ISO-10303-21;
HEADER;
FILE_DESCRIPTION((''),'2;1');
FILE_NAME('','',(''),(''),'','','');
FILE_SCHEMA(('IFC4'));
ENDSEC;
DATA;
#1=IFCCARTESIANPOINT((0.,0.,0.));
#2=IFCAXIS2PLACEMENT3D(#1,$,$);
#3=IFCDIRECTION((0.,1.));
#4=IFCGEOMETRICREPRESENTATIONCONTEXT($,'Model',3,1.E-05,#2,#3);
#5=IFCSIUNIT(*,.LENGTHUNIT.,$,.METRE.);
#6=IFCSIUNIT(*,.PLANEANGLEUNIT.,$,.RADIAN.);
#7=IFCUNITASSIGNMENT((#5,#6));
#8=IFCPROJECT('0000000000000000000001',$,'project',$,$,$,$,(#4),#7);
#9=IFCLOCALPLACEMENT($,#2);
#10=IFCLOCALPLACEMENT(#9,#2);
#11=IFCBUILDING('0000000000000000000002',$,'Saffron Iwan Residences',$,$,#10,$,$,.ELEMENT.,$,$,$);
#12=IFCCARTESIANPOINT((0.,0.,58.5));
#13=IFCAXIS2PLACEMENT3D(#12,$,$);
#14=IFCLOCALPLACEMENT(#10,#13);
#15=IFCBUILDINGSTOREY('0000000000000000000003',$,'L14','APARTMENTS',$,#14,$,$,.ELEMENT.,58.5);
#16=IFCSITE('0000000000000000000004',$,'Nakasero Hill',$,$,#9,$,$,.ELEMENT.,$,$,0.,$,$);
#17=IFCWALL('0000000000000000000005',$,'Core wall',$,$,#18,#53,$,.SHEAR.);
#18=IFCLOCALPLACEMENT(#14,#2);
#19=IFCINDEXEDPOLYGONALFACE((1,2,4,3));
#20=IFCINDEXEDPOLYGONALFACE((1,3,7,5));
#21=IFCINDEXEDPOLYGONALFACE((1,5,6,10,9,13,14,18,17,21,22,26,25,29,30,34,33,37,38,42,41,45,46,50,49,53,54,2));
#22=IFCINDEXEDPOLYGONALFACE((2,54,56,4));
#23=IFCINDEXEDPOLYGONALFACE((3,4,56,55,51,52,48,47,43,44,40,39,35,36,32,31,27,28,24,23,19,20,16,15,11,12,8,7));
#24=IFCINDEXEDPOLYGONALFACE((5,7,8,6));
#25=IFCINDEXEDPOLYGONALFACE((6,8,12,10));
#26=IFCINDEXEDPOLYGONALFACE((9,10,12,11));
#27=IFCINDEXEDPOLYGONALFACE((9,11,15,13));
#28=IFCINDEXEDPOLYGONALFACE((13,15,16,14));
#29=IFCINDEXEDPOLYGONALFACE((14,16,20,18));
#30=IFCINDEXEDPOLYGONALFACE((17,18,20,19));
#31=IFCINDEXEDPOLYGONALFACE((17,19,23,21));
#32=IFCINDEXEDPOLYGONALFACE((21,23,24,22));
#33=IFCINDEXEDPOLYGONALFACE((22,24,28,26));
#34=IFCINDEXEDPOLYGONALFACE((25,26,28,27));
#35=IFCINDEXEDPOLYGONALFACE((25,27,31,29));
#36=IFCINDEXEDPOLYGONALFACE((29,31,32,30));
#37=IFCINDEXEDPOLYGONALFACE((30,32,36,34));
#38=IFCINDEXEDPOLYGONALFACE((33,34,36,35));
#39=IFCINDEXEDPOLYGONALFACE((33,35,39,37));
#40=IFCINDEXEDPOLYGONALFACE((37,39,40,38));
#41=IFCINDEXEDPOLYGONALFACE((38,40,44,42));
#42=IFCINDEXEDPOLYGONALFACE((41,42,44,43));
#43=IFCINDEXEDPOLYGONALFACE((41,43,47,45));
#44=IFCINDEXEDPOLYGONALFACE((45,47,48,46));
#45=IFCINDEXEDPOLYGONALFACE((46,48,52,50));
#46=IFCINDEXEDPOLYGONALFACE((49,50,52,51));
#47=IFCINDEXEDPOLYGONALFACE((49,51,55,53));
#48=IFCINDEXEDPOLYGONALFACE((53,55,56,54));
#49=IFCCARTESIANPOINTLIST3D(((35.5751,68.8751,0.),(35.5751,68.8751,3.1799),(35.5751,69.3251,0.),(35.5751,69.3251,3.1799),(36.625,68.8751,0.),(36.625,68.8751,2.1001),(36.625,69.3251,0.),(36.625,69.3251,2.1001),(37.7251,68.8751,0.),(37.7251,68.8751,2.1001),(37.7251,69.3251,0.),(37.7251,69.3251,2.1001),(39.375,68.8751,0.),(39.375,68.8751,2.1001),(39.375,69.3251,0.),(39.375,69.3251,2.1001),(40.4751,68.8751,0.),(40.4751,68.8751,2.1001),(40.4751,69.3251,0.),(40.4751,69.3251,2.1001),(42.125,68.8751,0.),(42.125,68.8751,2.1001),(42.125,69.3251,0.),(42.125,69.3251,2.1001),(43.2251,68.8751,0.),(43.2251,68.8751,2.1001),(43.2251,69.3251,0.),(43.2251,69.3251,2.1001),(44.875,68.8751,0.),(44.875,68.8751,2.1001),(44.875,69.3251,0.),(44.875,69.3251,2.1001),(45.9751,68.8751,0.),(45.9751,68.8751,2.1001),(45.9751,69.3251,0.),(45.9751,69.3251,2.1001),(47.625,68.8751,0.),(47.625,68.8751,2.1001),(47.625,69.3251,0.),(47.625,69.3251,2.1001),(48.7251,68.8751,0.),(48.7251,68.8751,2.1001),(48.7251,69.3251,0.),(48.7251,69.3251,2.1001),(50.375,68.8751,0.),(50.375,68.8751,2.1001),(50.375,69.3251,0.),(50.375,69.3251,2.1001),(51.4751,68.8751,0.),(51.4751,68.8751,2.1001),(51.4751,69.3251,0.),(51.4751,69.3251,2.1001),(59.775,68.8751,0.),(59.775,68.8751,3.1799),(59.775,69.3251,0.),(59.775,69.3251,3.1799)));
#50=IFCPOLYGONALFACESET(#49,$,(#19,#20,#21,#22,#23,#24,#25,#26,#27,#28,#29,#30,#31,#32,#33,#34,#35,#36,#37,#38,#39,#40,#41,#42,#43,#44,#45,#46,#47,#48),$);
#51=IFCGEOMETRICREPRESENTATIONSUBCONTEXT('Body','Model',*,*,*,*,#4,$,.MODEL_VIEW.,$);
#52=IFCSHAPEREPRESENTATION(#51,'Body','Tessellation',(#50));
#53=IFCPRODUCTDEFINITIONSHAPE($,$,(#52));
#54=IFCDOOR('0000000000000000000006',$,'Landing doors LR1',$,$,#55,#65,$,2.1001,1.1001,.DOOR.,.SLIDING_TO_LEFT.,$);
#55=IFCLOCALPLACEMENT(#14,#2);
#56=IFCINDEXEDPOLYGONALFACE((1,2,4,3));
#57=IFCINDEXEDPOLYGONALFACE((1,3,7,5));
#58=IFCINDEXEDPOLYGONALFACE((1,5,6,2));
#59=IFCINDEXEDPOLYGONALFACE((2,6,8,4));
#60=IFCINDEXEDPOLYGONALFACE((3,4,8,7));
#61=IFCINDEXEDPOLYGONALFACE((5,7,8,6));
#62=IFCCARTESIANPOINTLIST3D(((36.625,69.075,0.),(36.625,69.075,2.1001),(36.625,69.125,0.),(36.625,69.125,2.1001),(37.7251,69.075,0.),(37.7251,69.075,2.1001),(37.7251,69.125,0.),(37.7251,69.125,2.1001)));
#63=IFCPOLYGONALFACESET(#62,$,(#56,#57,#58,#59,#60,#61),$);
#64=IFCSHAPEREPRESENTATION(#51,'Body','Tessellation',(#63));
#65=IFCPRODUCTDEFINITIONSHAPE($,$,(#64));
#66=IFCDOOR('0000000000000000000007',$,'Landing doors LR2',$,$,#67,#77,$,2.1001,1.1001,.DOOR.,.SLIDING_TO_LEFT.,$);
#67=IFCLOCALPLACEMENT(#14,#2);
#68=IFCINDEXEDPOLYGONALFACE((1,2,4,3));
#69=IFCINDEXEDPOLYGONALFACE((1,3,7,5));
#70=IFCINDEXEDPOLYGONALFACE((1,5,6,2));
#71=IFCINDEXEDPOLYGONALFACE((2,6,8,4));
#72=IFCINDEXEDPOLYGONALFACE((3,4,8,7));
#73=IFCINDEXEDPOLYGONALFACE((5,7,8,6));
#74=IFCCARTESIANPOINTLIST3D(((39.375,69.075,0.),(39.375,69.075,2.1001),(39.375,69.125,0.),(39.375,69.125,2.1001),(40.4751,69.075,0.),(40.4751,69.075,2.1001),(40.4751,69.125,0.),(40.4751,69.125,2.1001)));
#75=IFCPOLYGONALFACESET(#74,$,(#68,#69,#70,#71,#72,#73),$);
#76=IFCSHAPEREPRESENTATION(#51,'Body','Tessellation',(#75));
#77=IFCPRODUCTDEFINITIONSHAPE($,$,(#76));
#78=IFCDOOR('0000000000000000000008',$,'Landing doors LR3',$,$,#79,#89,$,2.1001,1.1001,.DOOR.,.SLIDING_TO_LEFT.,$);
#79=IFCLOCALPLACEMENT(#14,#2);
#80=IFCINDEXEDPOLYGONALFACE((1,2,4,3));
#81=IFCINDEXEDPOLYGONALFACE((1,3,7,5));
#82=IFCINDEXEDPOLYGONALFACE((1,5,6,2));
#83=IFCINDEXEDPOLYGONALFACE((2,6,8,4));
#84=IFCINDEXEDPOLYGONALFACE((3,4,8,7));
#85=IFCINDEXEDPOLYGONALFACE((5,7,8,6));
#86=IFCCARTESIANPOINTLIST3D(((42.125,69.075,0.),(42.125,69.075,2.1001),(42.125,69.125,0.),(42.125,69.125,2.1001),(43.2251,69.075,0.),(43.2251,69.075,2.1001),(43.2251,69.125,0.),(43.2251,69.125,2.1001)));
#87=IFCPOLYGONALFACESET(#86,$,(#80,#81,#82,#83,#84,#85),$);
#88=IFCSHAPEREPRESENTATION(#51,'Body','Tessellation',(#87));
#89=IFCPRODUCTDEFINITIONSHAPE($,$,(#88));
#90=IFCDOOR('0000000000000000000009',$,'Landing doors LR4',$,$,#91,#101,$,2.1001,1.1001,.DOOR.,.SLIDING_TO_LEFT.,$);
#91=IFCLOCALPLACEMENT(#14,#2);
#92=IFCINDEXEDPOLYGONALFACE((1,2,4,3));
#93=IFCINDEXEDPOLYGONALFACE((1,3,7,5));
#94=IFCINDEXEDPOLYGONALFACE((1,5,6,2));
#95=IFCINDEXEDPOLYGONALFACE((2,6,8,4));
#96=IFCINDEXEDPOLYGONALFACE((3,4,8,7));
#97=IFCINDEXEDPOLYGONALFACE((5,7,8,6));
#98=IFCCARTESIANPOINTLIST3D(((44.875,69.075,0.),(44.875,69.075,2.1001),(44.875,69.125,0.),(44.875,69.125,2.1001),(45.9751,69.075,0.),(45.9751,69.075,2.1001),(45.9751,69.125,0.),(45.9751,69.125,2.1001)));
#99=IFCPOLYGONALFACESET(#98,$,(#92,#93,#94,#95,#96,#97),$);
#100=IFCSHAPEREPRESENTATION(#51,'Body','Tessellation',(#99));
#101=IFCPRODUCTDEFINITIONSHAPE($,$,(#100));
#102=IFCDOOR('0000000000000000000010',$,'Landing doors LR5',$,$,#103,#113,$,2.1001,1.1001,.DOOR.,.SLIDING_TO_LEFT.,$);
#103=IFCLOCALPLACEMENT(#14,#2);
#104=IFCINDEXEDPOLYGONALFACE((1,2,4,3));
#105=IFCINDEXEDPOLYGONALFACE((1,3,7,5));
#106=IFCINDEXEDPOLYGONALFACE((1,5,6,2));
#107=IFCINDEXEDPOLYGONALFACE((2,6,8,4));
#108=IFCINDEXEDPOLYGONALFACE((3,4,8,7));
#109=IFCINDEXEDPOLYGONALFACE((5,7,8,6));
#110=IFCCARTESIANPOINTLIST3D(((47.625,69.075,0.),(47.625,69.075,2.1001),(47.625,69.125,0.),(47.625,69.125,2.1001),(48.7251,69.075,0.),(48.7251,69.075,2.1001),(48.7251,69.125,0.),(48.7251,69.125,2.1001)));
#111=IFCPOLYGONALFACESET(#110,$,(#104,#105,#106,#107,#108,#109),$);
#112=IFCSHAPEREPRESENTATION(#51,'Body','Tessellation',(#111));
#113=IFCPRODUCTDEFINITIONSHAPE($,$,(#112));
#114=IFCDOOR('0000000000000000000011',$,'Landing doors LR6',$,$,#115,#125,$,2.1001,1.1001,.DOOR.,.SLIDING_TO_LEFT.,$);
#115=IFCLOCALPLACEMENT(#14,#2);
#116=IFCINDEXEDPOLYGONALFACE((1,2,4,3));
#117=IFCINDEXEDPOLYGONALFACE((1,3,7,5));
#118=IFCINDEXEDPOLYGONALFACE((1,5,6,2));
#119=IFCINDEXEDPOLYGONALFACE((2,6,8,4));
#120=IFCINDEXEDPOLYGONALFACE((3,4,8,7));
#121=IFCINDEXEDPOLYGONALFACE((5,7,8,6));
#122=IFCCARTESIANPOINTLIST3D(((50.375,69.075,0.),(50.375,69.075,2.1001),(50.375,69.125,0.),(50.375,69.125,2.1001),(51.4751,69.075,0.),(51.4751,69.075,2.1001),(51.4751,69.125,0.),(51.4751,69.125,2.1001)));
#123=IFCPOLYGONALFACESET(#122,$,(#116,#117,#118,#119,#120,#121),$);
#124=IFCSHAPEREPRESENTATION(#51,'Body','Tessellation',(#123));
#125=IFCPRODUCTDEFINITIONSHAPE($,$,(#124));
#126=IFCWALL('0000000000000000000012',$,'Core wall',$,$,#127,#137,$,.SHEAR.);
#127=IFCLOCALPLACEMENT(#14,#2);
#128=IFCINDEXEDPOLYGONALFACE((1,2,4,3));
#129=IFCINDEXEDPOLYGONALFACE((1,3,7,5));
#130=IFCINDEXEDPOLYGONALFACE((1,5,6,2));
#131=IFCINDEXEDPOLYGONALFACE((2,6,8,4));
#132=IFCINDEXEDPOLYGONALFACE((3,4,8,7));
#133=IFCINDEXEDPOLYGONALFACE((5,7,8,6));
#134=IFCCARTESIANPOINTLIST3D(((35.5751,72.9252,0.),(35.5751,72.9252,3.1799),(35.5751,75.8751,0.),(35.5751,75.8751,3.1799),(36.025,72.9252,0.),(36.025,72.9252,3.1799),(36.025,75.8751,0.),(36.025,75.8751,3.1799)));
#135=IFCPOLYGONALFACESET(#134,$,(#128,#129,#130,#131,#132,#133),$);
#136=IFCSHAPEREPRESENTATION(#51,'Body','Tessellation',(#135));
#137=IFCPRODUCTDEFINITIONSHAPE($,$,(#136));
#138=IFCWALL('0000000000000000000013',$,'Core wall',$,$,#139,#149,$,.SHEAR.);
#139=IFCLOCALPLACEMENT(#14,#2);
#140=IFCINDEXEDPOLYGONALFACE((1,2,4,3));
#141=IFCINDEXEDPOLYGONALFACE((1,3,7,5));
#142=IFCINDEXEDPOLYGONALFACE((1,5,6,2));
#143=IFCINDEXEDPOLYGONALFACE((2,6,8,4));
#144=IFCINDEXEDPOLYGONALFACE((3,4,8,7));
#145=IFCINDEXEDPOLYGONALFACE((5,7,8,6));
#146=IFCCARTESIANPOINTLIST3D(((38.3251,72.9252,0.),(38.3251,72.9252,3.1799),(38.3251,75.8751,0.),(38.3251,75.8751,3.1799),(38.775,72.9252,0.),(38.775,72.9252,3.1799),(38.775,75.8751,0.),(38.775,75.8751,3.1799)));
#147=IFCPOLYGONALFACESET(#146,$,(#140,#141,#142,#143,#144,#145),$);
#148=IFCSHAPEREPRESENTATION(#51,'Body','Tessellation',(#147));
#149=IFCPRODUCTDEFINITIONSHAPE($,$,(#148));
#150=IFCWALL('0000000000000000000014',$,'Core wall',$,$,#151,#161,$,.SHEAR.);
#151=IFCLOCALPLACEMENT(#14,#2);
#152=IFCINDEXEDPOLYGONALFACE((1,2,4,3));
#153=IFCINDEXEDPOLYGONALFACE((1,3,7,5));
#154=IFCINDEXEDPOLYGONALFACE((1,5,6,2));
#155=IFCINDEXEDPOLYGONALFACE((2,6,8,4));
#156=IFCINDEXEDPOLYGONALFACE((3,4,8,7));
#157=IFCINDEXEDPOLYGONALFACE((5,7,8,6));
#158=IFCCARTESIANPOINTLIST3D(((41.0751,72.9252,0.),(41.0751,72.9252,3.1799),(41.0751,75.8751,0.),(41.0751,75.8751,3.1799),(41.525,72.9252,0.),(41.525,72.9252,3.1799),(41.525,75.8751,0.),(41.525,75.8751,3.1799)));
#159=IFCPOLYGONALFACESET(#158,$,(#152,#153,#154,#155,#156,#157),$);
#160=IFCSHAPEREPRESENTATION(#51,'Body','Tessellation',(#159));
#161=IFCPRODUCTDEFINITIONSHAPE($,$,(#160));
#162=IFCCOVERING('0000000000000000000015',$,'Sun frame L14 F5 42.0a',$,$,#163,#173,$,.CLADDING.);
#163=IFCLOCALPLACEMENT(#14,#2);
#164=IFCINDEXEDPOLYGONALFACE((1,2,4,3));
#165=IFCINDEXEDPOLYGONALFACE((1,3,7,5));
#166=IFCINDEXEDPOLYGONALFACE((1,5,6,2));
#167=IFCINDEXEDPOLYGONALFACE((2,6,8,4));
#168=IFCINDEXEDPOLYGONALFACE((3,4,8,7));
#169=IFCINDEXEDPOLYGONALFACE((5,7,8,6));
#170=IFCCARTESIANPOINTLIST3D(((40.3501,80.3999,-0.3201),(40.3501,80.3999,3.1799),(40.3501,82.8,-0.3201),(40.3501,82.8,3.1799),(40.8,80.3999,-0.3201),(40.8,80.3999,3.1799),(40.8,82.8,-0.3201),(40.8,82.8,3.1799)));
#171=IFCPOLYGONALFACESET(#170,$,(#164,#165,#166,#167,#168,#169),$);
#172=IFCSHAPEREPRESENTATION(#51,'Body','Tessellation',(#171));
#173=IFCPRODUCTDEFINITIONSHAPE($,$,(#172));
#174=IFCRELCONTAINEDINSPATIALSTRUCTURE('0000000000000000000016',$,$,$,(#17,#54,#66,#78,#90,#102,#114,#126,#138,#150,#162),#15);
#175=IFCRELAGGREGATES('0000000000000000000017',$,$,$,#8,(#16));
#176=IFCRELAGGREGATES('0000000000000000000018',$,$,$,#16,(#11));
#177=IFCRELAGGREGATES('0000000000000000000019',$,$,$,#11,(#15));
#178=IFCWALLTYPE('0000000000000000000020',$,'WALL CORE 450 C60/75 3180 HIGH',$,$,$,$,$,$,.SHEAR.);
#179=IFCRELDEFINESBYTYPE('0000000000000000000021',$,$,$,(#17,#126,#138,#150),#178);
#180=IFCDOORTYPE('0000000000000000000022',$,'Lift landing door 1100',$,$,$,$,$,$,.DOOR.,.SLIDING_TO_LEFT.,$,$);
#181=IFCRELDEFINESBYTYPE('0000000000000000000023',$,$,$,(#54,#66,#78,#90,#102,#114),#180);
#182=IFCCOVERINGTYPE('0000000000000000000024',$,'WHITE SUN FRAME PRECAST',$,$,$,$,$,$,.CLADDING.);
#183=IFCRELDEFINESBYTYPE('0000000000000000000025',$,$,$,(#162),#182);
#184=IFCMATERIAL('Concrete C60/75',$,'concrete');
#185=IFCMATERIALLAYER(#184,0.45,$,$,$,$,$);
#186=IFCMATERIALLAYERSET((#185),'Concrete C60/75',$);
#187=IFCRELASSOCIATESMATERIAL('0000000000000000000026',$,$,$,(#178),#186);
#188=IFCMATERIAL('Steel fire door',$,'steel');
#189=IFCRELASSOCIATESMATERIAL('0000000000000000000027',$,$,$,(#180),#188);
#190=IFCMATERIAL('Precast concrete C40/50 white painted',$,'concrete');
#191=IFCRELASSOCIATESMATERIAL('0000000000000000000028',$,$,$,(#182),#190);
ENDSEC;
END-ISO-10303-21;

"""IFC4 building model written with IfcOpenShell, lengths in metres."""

from ifc_helpers import new_model, si_unit, direction, frame, frame_2d, origin, place, context, subcontext, project, spatial, polyline, rectangle, outline, extrude, material, layer, layer_set, type_object, element, fill, save


model = new_model("IFC4")

# Units and contexts
model_context = context("Model", 3, precision=1e-05, world=origin(), true_north=direction((0.0, 1.0)))
body_context = subcontext(model_context, "Body", "Model", "MODEL_VIEW")
ifc_project = project(units=[si_unit("LENGTHUNIT", "METRE"), si_unit("PLANEANGLEUNIT", "RADIAN")], contexts=[model_context])

# Site, building, storey
site_placement = place(None, origin())
site = spatial("IfcSite", under=ifc_project, at=site_placement, Name="Nakasero Hill", CompositionType="ELEMENT", RefElevation=0.0)
building_placement = place(site_placement, origin())
building = spatial("IfcBuilding", under=site, at=building_placement, Name="Saffron Iwan Residences", CompositionType="ELEMENT")
storey_placement = place(building_placement, frame((0.0, 0.0, 58.5)))
storey = spatial("IfcBuildingStorey", under=building, at=storey_placement, Name="L14", Description="APARTMENTS", CompositionType="ELEMENT", Elevation=58.5)

# Shared definitions
ifc_material_1 = material(Name="Concrete C60/75", Category="concrete")

# Shared definitions
ifc_material_2 = material(Name="Steel fire door", Category="steel")

# Wall, openings, doors
ifc_layer_1 = layer(ifc_material_1, 0.45)
ifc_layer_set_1 = layer_set([ifc_layer_1], Name="Concrete C60/75")
wall_type_1 = type_object("IfcWallType", Name="WALL CORE 450 C60/75 3180 HIGH", PredefinedType="SHEAR", material=ifc_layer_set_1)
wall_1_placement = place(storey_placement, frame((35.575, 69.1001, 0.0), z_axis=(0.0, 0.0, 1.0), x_axis=(1.0, 0.0, 0.0)))
wall_1 = element("IfcWall", 1, at=wall_1_placement, inside=storey, type_object=wall_type_1, Name="Core wall", PredefinedType="SHEAR", context=body_context, shape_type="SweptSolid", body=[
    extrude(rectangle(XDim=24.2, YDim=0.45, at=frame_2d((12.1001, 0.0))), origin(), (0.0, 0.0, 1.0), 3.1799),
])
opening_1_placement = place(wall_1_placement, frame((1.05, 0.0, 0.0)))
opening_1 = element("IfcOpeningElement", 2, at=opening_1_placement, cuts=wall_1, PredefinedType="OPENING", context=body_context, shape_type="SweptSolid", body=[
    extrude(rectangle(XDim=1.1001, YDim=2.1001, at=frame_2d((0.55, 1.05))), frame((0.0, 0.2349, 0.0), z_axis=(0.0, -1.0, 0.0), x_axis=(1.0, 0.0, 0.0)), (0.0, 0.0, 1.0), 0.47),
])
opening_2_placement = place(wall_1_placement, frame((3.8, 0.0, 0.0)))
opening_2 = element("IfcOpeningElement", 3, at=opening_2_placement, cuts=wall_1, PredefinedType="OPENING", context=body_context, shape_type="SweptSolid", body=[
    extrude(rectangle(XDim=1.1001, YDim=2.1001, at=frame_2d((0.55, 1.05))), frame((0.0, 0.2349, 0.0), z_axis=(0.0, -1.0, 0.0), x_axis=(1.0, 0.0, 0.0)), (0.0, 0.0, 1.0), 0.47),
])
opening_3_placement = place(wall_1_placement, frame((6.55, 0.0, 0.0)))
opening_3 = element("IfcOpeningElement", 4, at=opening_3_placement, cuts=wall_1, PredefinedType="OPENING", context=body_context, shape_type="SweptSolid", body=[
    extrude(rectangle(XDim=1.1001, YDim=2.1001, at=frame_2d((0.55, 1.05))), frame((0.0, 0.2349, 0.0), z_axis=(0.0, -1.0, 0.0), x_axis=(1.0, 0.0, 0.0)), (0.0, 0.0, 1.0), 0.47),
])
opening_4_placement = place(wall_1_placement, frame((9.3, 0.0, 0.0)))
opening_4 = element("IfcOpeningElement", 5, at=opening_4_placement, cuts=wall_1, PredefinedType="OPENING", context=body_context, shape_type="SweptSolid", body=[
    extrude(rectangle(XDim=1.1001, YDim=2.1001, at=frame_2d((0.55, 1.05))), frame((0.0, 0.2349, 0.0), z_axis=(0.0, -1.0, 0.0), x_axis=(1.0, 0.0, 0.0)), (0.0, 0.0, 1.0), 0.47),
])
opening_5_placement = place(wall_1_placement, frame((12.05, 0.0, 0.0)))
opening_5 = element("IfcOpeningElement", 6, at=opening_5_placement, cuts=wall_1, PredefinedType="OPENING", context=body_context, shape_type="SweptSolid", body=[
    extrude(rectangle(XDim=1.1001, YDim=2.1001, at=frame_2d((0.55, 1.05))), frame((0.0, 0.2349, 0.0), z_axis=(0.0, -1.0, 0.0), x_axis=(1.0, 0.0, 0.0)), (0.0, 0.0, 1.0), 0.47),
])
opening_6_placement = place(wall_1_placement, frame((14.8, 0.0, 0.0)))
opening_6 = element("IfcOpeningElement", 7, at=opening_6_placement, cuts=wall_1, PredefinedType="OPENING", context=body_context, shape_type="SweptSolid", body=[
    extrude(rectangle(XDim=1.1001, YDim=2.1001, at=frame_2d((0.55, 1.05))), frame((0.0, 0.2349, 0.0), z_axis=(0.0, -1.0, 0.0), x_axis=(1.0, 0.0, 0.0)), (0.0, 0.0, 1.0), 0.47),
])
door_type_1 = type_object("IfcDoorType", Name="Lift landing door 1100", OperationType="SLIDING_TO_LEFT", PredefinedType="DOOR", material=ifc_material_2)
door_1_placement = place(opening_1_placement, origin())
door_1 = element("IfcDoor", 8, at=door_1_placement, inside=storey, type_object=door_type_1, Name="Landing doors LR1", OperationType="SLIDING_TO_LEFT", OverallHeight=2.1001, OverallWidth=1.1001, PredefinedType="DOOR", context=body_context, shape_type="SweptSolid", body=[
    extrude(rectangle(XDim=1.1001, YDim=2.1001, at=frame_2d((0.55, 1.05))), frame((0.0, 0.0249, 0.0), z_axis=(0.0, -1.0, 0.0), x_axis=(1.0, 0.0, 0.0)), (0.0, 0.0, 1.0), 0.05),
])
fill(opening_1, door_1)
door_2_placement = place(opening_2_placement, origin())
door_2 = element("IfcDoor", 9, at=door_2_placement, inside=storey, type_object=door_type_1, Name="Landing doors LR2", OperationType="SLIDING_TO_LEFT", OverallHeight=2.1001, OverallWidth=1.1001, PredefinedType="DOOR", context=body_context, shape_type="SweptSolid", body=[
    extrude(rectangle(XDim=1.1001, YDim=2.1001, at=frame_2d((0.55, 1.05))), frame((0.0, 0.0249, 0.0), z_axis=(0.0, -1.0, 0.0), x_axis=(1.0, 0.0, 0.0)), (0.0, 0.0, 1.0), 0.05),
])
fill(opening_2, door_2)
door_3_placement = place(opening_3_placement, origin())
door_3 = element("IfcDoor", 10, at=door_3_placement, inside=storey, type_object=door_type_1, Name="Landing doors LR3", OperationType="SLIDING_TO_LEFT", OverallHeight=2.1001, OverallWidth=1.1001, PredefinedType="DOOR", context=body_context, shape_type="SweptSolid", body=[
    extrude(rectangle(XDim=1.1001, YDim=2.1001, at=frame_2d((0.55, 1.05))), frame((0.0, 0.0249, 0.0), z_axis=(0.0, -1.0, 0.0), x_axis=(1.0, 0.0, 0.0)), (0.0, 0.0, 1.0), 0.05),
])
fill(opening_3, door_3)
door_4_placement = place(opening_4_placement, origin())
door_4 = element("IfcDoor", 11, at=door_4_placement, inside=storey, type_object=door_type_1, Name="Landing doors LR4", OperationType="SLIDING_TO_LEFT", OverallHeight=2.1001, OverallWidth=1.1001, PredefinedType="DOOR", context=body_context, shape_type="SweptSolid", body=[
    extrude(rectangle(XDim=1.1001, YDim=2.1001, at=frame_2d((0.55, 1.05))), frame((0.0, 0.0249, 0.0), z_axis=(0.0, -1.0, 0.0), x_axis=(1.0, 0.0, 0.0)), (0.0, 0.0, 1.0), 0.05),
])
fill(opening_4, door_4)
door_5_placement = place(opening_5_placement, origin())
door_5 = element("IfcDoor", 12, at=door_5_placement, inside=storey, type_object=door_type_1, Name="Landing doors LR5", OperationType="SLIDING_TO_LEFT", OverallHeight=2.1001, OverallWidth=1.1001, PredefinedType="DOOR", context=body_context, shape_type="SweptSolid", body=[
    extrude(rectangle(XDim=1.1001, YDim=2.1001, at=frame_2d((0.55, 1.05))), frame((0.0, 0.0249, 0.0), z_axis=(0.0, -1.0, 0.0), x_axis=(1.0, 0.0, 0.0)), (0.0, 0.0, 1.0), 0.05),
])
fill(opening_5, door_5)
door_6_placement = place(opening_6_placement, origin())
door_6 = element("IfcDoor", 13, at=door_6_placement, inside=storey, type_object=door_type_1, Name="Landing doors LR6", OperationType="SLIDING_TO_LEFT", OverallHeight=2.1001, OverallWidth=1.1001, PredefinedType="DOOR", context=body_context, shape_type="SweptSolid", body=[
    extrude(rectangle(XDim=1.1001, YDim=2.1001, at=frame_2d((0.55, 1.05))), frame((0.0, 0.0249, 0.0), z_axis=(0.0, -1.0, 0.0), x_axis=(1.0, 0.0, 0.0)), (0.0, 0.0, 1.0), 0.05),
])
fill(opening_6, door_6)

# Walls
for number, where, z_axis, x_axis, name in (
    (14, (35.8, 72.925, 0.0), (0.0, 0.0, 1.0), (0.0, 1.0, 0.0), "Core wall"),
    (15, (38.55, 72.925, 0.0), (0.0, 0.0, 1.0), (0.0, 1.0, 0.0), "Core wall"),
    (16, (41.3, 72.925, 0.0), (0.0, 0.0, 1.0), (0.0, 1.0, 0.0), "Core wall"),
):
    element("IfcWall", number, at=place(storey_placement, frame(where, z_axis=z_axis, x_axis=x_axis)), inside=storey, type_object=wall_type_1, Name=name, PredefinedType="SHEAR", context=body_context, shape_type="SweptSolid", body=[
        extrude(rectangle(XDim=2.95, YDim=0.45, at=frame_2d((1.4751, 0.0))), origin(), (0.0, 0.0, 1.0), 3.1799),
    ])

# Covering
ifc_material_3 = material(Name="Precast concrete C40/50 white painted", Category="concrete")
covering_type = type_object("IfcCoveringType", Name="WHITE SUN FRAME PRECAST", PredefinedType="CLADDING", material=ifc_material_3)
covering_placement = place(storey_placement, frame((40.8, 80.3999, -0.3201), z_axis=(0.0, 1.0, 0.0), x_axis=(-1.0, 0.0, 0.0)))
element("IfcCovering", 17, at=covering_placement, inside=storey, type_object=covering_type, Name="Sun frame L14 F5 42.0a", PredefinedType="CLADDING", context=body_context, shape_type="SweptSolid", body=[
    extrude(outline(polyline([(0.0, 0.0), (0.45, 0.0), (0.45, 3.5), (0.0, 3.5), (0.0, 0.0)])), origin(), (0.0, 0.0, 1.0), 2.4001),
])

save(model, "model.ifc")
